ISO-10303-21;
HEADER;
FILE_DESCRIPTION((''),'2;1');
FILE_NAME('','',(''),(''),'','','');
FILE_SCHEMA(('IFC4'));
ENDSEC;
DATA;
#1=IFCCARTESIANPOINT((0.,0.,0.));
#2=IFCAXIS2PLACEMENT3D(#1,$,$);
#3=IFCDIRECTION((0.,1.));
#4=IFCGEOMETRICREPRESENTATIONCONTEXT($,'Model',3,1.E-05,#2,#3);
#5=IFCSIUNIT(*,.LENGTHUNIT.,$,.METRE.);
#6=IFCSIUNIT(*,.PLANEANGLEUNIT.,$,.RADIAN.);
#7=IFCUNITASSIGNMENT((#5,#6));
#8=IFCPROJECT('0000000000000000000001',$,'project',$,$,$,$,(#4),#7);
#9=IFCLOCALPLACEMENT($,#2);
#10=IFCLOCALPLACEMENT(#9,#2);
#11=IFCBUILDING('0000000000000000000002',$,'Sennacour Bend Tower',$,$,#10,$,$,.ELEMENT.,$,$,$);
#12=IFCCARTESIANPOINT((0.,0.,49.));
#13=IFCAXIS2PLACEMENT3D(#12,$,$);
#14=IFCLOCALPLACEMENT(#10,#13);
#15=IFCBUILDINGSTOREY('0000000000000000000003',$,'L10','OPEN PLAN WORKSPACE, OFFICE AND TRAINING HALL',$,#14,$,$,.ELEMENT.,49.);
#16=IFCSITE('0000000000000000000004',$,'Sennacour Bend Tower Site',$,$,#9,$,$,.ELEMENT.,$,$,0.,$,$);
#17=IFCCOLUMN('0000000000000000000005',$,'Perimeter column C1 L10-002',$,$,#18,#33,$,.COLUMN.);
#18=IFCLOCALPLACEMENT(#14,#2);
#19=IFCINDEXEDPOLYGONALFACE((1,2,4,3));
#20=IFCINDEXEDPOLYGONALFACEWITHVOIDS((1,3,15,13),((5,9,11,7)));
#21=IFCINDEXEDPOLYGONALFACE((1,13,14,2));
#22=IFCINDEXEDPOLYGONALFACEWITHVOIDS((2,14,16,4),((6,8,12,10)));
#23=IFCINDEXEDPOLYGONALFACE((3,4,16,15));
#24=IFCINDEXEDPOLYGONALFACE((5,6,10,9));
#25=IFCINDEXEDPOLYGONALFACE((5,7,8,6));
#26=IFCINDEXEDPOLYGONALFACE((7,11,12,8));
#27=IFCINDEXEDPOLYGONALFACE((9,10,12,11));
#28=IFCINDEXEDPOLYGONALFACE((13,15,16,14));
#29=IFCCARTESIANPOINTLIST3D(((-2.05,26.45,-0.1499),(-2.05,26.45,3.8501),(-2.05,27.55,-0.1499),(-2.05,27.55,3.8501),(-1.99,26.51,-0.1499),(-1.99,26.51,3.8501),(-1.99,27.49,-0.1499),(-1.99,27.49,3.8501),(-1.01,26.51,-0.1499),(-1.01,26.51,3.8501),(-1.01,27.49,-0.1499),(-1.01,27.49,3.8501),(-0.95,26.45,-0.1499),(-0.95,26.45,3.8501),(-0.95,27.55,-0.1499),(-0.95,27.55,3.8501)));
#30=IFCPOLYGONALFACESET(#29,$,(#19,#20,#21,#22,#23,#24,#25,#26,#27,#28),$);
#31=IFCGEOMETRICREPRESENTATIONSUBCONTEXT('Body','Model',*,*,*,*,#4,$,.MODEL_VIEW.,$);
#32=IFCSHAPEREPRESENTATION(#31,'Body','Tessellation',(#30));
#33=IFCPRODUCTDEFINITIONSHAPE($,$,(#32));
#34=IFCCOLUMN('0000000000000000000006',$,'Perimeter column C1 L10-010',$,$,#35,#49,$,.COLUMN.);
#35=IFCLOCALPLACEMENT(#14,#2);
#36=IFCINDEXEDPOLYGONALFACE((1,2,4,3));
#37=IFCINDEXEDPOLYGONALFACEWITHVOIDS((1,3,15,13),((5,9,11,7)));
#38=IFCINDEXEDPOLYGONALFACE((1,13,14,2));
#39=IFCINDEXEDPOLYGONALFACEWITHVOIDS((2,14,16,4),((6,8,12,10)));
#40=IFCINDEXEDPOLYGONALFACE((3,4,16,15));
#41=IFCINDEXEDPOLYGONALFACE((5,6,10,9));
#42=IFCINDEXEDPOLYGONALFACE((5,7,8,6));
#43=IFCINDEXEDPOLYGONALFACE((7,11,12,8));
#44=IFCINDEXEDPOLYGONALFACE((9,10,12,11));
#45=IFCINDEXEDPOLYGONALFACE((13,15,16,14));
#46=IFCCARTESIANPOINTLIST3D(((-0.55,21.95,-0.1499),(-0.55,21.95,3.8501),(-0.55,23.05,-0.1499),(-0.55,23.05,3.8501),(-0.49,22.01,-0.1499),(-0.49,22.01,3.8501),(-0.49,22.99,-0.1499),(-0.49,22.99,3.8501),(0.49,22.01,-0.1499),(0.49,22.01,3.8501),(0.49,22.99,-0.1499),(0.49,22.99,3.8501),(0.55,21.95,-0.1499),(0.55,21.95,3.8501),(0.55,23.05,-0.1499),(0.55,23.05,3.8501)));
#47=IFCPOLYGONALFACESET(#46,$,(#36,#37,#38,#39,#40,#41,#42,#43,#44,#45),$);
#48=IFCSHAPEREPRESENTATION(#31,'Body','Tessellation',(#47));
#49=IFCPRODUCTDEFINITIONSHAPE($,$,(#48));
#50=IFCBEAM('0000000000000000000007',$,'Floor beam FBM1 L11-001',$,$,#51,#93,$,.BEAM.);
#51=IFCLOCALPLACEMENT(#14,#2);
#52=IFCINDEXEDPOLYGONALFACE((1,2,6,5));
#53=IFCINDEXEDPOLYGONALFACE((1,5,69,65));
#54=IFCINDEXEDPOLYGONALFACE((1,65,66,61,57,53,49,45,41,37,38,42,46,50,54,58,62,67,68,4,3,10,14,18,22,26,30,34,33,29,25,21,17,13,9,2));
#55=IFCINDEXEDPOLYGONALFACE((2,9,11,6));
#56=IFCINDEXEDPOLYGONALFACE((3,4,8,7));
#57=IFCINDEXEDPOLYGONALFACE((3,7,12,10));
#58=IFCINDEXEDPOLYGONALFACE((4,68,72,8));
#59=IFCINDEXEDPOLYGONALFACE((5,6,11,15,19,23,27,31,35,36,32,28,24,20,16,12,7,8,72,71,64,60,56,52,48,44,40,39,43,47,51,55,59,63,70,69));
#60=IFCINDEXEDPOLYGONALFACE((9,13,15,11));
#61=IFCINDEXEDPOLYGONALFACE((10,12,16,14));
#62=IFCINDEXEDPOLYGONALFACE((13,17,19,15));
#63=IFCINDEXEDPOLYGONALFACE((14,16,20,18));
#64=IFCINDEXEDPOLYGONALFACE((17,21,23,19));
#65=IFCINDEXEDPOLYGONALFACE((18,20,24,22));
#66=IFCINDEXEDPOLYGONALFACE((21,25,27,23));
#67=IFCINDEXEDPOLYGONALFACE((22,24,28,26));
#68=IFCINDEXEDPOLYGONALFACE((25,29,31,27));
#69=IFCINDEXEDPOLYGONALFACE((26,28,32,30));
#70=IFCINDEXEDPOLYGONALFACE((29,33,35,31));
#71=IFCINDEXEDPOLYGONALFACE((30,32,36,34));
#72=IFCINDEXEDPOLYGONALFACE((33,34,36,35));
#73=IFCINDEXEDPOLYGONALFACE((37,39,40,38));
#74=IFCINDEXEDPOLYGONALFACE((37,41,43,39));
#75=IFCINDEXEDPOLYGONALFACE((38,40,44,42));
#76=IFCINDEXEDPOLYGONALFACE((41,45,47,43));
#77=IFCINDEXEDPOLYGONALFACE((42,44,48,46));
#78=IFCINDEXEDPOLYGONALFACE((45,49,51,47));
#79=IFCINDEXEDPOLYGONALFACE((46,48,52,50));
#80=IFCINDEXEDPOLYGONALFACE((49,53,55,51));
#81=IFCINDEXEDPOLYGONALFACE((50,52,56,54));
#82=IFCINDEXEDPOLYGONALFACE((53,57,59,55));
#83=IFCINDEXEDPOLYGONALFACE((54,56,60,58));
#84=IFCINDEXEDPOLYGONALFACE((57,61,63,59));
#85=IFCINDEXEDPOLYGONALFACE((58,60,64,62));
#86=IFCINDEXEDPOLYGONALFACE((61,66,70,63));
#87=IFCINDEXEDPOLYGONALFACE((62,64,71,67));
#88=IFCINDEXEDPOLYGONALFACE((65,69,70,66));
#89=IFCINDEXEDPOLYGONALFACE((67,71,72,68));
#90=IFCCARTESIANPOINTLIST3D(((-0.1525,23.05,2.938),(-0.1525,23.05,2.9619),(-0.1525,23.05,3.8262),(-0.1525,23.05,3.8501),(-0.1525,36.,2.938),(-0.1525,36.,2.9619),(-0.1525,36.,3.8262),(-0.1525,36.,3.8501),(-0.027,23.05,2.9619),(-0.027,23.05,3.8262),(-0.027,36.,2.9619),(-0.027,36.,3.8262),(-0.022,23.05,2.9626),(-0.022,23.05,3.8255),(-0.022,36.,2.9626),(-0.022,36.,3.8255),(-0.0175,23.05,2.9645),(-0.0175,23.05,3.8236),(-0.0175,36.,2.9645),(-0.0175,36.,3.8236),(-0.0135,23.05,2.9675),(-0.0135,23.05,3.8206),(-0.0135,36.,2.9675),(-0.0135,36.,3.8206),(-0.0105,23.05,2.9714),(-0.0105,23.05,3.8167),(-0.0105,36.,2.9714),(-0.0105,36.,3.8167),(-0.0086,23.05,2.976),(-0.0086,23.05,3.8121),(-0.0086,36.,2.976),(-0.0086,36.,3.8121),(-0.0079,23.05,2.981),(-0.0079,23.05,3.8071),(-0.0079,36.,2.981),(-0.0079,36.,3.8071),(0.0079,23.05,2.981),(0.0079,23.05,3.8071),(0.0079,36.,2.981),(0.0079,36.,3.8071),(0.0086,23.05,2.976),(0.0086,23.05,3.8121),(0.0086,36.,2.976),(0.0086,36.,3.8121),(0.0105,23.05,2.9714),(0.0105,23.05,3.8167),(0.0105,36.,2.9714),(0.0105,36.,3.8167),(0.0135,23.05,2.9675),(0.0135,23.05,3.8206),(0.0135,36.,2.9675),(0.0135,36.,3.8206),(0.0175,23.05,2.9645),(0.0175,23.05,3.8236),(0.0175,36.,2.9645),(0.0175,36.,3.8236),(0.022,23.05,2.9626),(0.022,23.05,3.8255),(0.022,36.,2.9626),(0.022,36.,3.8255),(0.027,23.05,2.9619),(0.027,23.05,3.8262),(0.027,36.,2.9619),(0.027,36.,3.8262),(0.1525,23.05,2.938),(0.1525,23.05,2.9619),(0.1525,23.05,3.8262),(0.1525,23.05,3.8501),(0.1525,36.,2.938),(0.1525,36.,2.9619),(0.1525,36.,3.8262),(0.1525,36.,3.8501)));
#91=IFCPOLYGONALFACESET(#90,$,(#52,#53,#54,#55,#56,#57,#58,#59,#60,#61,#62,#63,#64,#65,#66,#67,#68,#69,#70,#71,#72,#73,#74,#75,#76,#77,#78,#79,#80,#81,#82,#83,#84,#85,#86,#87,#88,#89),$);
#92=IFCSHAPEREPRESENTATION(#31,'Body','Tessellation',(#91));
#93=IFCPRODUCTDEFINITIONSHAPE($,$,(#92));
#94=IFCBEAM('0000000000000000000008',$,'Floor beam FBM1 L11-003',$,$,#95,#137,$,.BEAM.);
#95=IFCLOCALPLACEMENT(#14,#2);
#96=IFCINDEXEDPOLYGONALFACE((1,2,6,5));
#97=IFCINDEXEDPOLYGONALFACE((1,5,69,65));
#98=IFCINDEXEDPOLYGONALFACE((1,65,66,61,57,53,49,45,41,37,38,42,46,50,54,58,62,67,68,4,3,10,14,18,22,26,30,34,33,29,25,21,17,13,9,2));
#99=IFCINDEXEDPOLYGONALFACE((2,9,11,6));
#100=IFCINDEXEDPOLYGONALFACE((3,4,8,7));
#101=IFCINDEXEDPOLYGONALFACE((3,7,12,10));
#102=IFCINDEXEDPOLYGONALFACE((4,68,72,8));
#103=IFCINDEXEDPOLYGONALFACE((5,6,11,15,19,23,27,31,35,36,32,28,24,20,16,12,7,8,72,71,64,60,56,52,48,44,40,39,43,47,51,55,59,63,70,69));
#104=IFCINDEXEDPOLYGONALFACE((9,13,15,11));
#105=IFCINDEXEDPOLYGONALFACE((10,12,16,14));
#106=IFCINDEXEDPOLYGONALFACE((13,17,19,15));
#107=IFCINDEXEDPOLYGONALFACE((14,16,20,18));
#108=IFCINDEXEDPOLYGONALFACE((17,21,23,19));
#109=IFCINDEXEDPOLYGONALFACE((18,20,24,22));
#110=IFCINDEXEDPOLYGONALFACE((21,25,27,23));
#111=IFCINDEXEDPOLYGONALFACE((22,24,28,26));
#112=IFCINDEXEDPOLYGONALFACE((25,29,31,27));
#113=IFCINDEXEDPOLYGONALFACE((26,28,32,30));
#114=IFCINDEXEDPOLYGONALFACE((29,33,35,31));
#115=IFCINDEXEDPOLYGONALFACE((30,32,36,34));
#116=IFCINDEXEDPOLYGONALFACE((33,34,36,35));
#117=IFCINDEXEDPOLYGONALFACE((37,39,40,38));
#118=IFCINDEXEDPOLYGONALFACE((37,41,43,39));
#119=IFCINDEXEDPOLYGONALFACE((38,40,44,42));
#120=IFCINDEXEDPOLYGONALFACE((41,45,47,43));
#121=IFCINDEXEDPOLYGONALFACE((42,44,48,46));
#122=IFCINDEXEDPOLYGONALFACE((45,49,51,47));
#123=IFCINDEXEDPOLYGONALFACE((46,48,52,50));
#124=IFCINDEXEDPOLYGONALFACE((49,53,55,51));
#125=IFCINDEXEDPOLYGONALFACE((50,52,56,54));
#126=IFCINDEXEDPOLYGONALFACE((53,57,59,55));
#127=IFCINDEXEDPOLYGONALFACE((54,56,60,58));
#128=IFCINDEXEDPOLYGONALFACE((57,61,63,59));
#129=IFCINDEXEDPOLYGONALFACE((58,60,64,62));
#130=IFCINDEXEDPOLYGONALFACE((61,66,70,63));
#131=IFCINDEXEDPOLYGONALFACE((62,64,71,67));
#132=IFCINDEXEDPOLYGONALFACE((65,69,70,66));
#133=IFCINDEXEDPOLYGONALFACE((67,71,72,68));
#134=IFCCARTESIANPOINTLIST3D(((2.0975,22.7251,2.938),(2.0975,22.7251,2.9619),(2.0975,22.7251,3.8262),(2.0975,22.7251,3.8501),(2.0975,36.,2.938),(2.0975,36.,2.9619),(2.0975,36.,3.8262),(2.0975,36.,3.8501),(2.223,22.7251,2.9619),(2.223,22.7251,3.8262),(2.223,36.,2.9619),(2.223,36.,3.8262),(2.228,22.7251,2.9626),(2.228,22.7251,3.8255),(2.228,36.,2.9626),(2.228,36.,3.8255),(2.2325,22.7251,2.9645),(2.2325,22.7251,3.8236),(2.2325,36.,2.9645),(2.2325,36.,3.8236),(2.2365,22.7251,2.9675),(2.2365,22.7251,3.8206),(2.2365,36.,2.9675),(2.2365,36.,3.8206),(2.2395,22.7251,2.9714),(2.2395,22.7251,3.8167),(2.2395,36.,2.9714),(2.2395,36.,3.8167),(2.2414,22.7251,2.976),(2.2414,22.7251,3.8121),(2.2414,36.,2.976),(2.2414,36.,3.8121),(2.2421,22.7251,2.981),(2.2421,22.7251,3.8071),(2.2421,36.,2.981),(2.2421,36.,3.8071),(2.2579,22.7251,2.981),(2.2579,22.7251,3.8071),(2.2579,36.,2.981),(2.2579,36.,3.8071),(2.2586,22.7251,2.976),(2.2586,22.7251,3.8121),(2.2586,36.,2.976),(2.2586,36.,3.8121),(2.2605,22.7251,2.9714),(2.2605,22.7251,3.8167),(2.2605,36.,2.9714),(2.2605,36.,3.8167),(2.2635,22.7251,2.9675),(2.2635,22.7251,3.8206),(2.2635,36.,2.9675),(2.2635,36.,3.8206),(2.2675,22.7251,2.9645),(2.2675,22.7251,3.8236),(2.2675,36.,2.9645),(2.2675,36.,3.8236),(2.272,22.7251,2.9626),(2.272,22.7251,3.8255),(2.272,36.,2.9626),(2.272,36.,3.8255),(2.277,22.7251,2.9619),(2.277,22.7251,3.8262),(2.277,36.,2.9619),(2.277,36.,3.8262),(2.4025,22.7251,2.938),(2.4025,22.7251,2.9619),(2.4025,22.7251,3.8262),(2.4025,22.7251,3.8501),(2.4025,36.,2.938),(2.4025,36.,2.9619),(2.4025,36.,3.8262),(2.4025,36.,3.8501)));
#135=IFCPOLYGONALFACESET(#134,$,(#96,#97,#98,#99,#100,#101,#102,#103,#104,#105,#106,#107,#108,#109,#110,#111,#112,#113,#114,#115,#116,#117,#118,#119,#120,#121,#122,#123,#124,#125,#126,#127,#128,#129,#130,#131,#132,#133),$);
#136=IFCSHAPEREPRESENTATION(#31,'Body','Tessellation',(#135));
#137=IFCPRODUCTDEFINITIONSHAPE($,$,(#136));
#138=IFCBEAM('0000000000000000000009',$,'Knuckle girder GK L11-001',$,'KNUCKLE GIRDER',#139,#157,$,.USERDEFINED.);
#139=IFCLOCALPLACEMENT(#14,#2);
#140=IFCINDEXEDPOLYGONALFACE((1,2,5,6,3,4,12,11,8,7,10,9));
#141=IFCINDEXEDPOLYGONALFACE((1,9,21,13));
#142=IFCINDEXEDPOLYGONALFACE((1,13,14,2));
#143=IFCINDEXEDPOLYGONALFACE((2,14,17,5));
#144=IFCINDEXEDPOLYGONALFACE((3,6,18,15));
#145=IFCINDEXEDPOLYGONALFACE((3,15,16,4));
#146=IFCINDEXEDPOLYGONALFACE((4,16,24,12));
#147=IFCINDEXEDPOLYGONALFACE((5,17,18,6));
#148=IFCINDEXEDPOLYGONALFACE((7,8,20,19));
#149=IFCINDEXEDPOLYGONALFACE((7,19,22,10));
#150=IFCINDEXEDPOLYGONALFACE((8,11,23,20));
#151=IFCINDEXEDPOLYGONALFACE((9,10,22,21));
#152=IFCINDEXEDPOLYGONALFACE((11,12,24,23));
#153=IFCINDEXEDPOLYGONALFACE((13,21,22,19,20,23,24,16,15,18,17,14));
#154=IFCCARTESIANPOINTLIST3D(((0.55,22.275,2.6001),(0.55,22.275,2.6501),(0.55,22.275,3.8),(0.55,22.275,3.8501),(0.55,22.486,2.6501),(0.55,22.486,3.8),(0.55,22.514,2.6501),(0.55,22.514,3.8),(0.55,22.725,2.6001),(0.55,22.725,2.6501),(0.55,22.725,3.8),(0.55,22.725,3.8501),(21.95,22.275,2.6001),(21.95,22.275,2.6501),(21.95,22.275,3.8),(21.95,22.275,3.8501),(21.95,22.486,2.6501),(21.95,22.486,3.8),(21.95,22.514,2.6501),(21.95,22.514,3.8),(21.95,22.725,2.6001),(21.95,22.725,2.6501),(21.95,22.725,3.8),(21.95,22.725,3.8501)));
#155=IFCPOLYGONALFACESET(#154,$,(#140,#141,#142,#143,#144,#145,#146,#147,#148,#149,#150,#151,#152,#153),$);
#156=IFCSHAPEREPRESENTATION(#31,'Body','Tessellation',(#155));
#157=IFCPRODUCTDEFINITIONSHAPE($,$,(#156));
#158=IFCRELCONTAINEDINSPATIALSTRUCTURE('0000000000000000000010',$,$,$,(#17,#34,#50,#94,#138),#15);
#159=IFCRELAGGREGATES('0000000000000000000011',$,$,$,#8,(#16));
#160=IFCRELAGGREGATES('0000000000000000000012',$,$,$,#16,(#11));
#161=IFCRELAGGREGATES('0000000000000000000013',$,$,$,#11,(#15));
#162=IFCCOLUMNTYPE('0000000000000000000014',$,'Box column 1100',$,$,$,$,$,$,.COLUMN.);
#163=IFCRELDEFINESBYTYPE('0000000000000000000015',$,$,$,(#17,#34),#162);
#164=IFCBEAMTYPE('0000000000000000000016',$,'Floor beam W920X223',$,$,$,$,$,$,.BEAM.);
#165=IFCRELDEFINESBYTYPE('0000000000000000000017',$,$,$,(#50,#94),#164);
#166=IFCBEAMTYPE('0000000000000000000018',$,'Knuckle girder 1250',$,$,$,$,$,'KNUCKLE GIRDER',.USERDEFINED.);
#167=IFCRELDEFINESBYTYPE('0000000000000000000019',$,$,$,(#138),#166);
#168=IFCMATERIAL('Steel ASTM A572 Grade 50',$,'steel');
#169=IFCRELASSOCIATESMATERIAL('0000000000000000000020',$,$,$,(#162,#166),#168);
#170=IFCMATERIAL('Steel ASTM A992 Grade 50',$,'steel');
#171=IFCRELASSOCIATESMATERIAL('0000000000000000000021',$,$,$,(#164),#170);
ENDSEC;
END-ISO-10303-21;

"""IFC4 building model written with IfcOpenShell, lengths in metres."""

from ifc_helpers import new_model, si_unit, direction, frame, origin, origin_2d, place, context, subcontext, project, spatial, hollow_rectangle, i_section, extrude, material, material_profile, profile_set, type_object, element, save


model = new_model("IFC4")

# Units and contexts
model_context = context("Model", 3, precision=1e-05, world=origin(), true_north=direction((0.0, 1.0)))
body_context = subcontext(model_context, "Body", "Model", "MODEL_VIEW")
ifc_project = project(units=[si_unit("LENGTHUNIT", "METRE"), si_unit("PLANEANGLEUNIT", "RADIAN")], contexts=[model_context])

# Site, building, storey
site_placement = place(None, origin())
site = spatial("IfcSite", under=ifc_project, at=site_placement, Name="Sennacour Bend Tower Site", CompositionType="ELEMENT", RefElevation=0.0)
building_placement = place(site_placement, origin())
building = spatial("IfcBuilding", under=site, at=building_placement, Name="Sennacour Bend Tower", CompositionType="ELEMENT")
storey_placement = place(building_placement, frame((0.0, 0.0, 49.0)))
storey = spatial("IfcBuildingStorey", under=building, at=storey_placement, Name="L10", Description="OPEN PLAN WORKSPACE, OFFICE AND TRAINING HALL", CompositionType="ELEMENT", Elevation=49.0)

# Columns
ifc_material_1 = material(Name="Steel ASTM A572 Grade 50", Category="steel")
ifc_material_profile_1 = material_profile(ifc_material_1, hollow_rectangle(XDim=1.1001, YDim=1.1001, WallThickness=0.0601, at=origin_2d()), Name="Steel ASTM A572 Grade 50", Category="steel")
ifc_profile_set_1 = profile_set([ifc_material_profile_1], Name="Steel ASTM A572 Grade 50")
column_type = type_object("IfcColumnType", Name="Box column 1100", PredefinedType="COLUMN", material=ifc_profile_set_1)
for number, where, z_axis, x_axis, name in (
    (1, (-1.5, 27.0, -0.1499), (0.0, 0.0, 1.0), (1.0, 0.0, 0.0), "Perimeter column C1 L10-002"),
    (2, (0.0, 22.5, -0.1499), (0.0, 0.0, 1.0), (1.0, 0.0, 0.0), "Perimeter column C1 L10-010"),
):
    element("IfcColumn", number, at=place(storey_placement, frame(where, z_axis=z_axis, x_axis=x_axis)), inside=storey, type_object=column_type, Name=name, PredefinedType="COLUMN", context=body_context, shape_type="SweptSolid", body=[
        extrude(hollow_rectangle(XDim=1.1001, YDim=1.1001, WallThickness=0.0601, at=origin_2d()), origin(), (0.0, 0.0, 1.0), 4.0),
    ])

# Beams
ifc_material_2 = material(Name="Steel ASTM A992 Grade 50", Category="steel")
ifc_material_profile_2 = material_profile(ifc_material_2, i_section(OverallWidth=0.3049, OverallDepth=0.9121, WebThickness=0.0159, FlangeThickness=0.0239, FilletRadius=0.019, at=origin_2d()), Name="Steel ASTM A992 Grade 50", Category="steel")
ifc_profile_set_2 = profile_set([ifc_material_profile_2], Name="Steel ASTM A992 Grade 50")
beam_type_1 = type_object("IfcBeamType", Name="Floor beam W920X223", PredefinedType="BEAM", material=ifc_profile_set_2)
beam_1_placement = place(storey_placement, frame((0.0, 23.05, 3.394), z_axis=(0.0, 1.0, 0.0), x_axis=(-1.0, 0.0, 0.0)))
element("IfcBeam", 3, at=beam_1_placement, inside=storey, type_object=beam_type_1, Name="Floor beam FBM1 L11-001", PredefinedType="BEAM", context=body_context, shape_type="SweptSolid", body=[
    extrude(i_section(OverallWidth=0.3049, OverallDepth=0.9121, WebThickness=0.0159, FlangeThickness=0.0239, FilletRadius=0.019, at=origin_2d()), origin(), (0.0, 0.0, 1.0), 12.95),
])
beam_2_placement = place(storey_placement, frame((2.25, 22.7251, 3.394), z_axis=(0.0, 1.0, 0.0), x_axis=(-1.0, 0.0, 0.0)))
element("IfcBeam", 4, at=beam_2_placement, inside=storey, type_object=beam_type_1, Name="Floor beam FBM1 L11-003", PredefinedType="BEAM", context=body_context, shape_type="SweptSolid", body=[
    extrude(i_section(OverallWidth=0.3049, OverallDepth=0.9121, WebThickness=0.0159, FlangeThickness=0.0239, FilletRadius=0.019, at=origin_2d()), origin(), (0.0, 0.0, 1.0), 13.2749),
])
ifc_material_profile_3 = material_profile(ifc_material_1, i_section(OverallWidth=0.45, OverallDepth=1.25, WebThickness=0.0281, FlangeThickness=0.05, at=origin_2d()), Name="Steel ASTM A572 Grade 50", Category="steel")
ifc_profile_set_3 = profile_set([ifc_material_profile_3], Name="Steel ASTM A572 Grade 50")
beam_type_2 = type_object("IfcBeamType", Name="Knuckle girder 1250", ElementType="KNUCKLE GIRDER", PredefinedType="USERDEFINED", material=ifc_profile_set_3)
beam_3_placement = place(storey_placement, frame((0.55, 22.5, 3.2251), z_axis=(1.0, 0.0, 0.0), x_axis=(0.0, 1.0, 0.0)))
element("IfcBeam", 5, at=beam_3_placement, inside=storey, type_object=beam_type_2, Name="Knuckle girder GK L11-001", ObjectType="KNUCKLE GIRDER", PredefinedType="USERDEFINED", context=body_context, shape_type="SweptSolid", body=[
    extrude(i_section(OverallWidth=0.45, OverallDepth=1.25, WebThickness=0.0281, FlangeThickness=0.05, at=origin_2d()), origin(), (0.0, 0.0, 1.0), 21.3999),
])

save(model, "model.ifc")
